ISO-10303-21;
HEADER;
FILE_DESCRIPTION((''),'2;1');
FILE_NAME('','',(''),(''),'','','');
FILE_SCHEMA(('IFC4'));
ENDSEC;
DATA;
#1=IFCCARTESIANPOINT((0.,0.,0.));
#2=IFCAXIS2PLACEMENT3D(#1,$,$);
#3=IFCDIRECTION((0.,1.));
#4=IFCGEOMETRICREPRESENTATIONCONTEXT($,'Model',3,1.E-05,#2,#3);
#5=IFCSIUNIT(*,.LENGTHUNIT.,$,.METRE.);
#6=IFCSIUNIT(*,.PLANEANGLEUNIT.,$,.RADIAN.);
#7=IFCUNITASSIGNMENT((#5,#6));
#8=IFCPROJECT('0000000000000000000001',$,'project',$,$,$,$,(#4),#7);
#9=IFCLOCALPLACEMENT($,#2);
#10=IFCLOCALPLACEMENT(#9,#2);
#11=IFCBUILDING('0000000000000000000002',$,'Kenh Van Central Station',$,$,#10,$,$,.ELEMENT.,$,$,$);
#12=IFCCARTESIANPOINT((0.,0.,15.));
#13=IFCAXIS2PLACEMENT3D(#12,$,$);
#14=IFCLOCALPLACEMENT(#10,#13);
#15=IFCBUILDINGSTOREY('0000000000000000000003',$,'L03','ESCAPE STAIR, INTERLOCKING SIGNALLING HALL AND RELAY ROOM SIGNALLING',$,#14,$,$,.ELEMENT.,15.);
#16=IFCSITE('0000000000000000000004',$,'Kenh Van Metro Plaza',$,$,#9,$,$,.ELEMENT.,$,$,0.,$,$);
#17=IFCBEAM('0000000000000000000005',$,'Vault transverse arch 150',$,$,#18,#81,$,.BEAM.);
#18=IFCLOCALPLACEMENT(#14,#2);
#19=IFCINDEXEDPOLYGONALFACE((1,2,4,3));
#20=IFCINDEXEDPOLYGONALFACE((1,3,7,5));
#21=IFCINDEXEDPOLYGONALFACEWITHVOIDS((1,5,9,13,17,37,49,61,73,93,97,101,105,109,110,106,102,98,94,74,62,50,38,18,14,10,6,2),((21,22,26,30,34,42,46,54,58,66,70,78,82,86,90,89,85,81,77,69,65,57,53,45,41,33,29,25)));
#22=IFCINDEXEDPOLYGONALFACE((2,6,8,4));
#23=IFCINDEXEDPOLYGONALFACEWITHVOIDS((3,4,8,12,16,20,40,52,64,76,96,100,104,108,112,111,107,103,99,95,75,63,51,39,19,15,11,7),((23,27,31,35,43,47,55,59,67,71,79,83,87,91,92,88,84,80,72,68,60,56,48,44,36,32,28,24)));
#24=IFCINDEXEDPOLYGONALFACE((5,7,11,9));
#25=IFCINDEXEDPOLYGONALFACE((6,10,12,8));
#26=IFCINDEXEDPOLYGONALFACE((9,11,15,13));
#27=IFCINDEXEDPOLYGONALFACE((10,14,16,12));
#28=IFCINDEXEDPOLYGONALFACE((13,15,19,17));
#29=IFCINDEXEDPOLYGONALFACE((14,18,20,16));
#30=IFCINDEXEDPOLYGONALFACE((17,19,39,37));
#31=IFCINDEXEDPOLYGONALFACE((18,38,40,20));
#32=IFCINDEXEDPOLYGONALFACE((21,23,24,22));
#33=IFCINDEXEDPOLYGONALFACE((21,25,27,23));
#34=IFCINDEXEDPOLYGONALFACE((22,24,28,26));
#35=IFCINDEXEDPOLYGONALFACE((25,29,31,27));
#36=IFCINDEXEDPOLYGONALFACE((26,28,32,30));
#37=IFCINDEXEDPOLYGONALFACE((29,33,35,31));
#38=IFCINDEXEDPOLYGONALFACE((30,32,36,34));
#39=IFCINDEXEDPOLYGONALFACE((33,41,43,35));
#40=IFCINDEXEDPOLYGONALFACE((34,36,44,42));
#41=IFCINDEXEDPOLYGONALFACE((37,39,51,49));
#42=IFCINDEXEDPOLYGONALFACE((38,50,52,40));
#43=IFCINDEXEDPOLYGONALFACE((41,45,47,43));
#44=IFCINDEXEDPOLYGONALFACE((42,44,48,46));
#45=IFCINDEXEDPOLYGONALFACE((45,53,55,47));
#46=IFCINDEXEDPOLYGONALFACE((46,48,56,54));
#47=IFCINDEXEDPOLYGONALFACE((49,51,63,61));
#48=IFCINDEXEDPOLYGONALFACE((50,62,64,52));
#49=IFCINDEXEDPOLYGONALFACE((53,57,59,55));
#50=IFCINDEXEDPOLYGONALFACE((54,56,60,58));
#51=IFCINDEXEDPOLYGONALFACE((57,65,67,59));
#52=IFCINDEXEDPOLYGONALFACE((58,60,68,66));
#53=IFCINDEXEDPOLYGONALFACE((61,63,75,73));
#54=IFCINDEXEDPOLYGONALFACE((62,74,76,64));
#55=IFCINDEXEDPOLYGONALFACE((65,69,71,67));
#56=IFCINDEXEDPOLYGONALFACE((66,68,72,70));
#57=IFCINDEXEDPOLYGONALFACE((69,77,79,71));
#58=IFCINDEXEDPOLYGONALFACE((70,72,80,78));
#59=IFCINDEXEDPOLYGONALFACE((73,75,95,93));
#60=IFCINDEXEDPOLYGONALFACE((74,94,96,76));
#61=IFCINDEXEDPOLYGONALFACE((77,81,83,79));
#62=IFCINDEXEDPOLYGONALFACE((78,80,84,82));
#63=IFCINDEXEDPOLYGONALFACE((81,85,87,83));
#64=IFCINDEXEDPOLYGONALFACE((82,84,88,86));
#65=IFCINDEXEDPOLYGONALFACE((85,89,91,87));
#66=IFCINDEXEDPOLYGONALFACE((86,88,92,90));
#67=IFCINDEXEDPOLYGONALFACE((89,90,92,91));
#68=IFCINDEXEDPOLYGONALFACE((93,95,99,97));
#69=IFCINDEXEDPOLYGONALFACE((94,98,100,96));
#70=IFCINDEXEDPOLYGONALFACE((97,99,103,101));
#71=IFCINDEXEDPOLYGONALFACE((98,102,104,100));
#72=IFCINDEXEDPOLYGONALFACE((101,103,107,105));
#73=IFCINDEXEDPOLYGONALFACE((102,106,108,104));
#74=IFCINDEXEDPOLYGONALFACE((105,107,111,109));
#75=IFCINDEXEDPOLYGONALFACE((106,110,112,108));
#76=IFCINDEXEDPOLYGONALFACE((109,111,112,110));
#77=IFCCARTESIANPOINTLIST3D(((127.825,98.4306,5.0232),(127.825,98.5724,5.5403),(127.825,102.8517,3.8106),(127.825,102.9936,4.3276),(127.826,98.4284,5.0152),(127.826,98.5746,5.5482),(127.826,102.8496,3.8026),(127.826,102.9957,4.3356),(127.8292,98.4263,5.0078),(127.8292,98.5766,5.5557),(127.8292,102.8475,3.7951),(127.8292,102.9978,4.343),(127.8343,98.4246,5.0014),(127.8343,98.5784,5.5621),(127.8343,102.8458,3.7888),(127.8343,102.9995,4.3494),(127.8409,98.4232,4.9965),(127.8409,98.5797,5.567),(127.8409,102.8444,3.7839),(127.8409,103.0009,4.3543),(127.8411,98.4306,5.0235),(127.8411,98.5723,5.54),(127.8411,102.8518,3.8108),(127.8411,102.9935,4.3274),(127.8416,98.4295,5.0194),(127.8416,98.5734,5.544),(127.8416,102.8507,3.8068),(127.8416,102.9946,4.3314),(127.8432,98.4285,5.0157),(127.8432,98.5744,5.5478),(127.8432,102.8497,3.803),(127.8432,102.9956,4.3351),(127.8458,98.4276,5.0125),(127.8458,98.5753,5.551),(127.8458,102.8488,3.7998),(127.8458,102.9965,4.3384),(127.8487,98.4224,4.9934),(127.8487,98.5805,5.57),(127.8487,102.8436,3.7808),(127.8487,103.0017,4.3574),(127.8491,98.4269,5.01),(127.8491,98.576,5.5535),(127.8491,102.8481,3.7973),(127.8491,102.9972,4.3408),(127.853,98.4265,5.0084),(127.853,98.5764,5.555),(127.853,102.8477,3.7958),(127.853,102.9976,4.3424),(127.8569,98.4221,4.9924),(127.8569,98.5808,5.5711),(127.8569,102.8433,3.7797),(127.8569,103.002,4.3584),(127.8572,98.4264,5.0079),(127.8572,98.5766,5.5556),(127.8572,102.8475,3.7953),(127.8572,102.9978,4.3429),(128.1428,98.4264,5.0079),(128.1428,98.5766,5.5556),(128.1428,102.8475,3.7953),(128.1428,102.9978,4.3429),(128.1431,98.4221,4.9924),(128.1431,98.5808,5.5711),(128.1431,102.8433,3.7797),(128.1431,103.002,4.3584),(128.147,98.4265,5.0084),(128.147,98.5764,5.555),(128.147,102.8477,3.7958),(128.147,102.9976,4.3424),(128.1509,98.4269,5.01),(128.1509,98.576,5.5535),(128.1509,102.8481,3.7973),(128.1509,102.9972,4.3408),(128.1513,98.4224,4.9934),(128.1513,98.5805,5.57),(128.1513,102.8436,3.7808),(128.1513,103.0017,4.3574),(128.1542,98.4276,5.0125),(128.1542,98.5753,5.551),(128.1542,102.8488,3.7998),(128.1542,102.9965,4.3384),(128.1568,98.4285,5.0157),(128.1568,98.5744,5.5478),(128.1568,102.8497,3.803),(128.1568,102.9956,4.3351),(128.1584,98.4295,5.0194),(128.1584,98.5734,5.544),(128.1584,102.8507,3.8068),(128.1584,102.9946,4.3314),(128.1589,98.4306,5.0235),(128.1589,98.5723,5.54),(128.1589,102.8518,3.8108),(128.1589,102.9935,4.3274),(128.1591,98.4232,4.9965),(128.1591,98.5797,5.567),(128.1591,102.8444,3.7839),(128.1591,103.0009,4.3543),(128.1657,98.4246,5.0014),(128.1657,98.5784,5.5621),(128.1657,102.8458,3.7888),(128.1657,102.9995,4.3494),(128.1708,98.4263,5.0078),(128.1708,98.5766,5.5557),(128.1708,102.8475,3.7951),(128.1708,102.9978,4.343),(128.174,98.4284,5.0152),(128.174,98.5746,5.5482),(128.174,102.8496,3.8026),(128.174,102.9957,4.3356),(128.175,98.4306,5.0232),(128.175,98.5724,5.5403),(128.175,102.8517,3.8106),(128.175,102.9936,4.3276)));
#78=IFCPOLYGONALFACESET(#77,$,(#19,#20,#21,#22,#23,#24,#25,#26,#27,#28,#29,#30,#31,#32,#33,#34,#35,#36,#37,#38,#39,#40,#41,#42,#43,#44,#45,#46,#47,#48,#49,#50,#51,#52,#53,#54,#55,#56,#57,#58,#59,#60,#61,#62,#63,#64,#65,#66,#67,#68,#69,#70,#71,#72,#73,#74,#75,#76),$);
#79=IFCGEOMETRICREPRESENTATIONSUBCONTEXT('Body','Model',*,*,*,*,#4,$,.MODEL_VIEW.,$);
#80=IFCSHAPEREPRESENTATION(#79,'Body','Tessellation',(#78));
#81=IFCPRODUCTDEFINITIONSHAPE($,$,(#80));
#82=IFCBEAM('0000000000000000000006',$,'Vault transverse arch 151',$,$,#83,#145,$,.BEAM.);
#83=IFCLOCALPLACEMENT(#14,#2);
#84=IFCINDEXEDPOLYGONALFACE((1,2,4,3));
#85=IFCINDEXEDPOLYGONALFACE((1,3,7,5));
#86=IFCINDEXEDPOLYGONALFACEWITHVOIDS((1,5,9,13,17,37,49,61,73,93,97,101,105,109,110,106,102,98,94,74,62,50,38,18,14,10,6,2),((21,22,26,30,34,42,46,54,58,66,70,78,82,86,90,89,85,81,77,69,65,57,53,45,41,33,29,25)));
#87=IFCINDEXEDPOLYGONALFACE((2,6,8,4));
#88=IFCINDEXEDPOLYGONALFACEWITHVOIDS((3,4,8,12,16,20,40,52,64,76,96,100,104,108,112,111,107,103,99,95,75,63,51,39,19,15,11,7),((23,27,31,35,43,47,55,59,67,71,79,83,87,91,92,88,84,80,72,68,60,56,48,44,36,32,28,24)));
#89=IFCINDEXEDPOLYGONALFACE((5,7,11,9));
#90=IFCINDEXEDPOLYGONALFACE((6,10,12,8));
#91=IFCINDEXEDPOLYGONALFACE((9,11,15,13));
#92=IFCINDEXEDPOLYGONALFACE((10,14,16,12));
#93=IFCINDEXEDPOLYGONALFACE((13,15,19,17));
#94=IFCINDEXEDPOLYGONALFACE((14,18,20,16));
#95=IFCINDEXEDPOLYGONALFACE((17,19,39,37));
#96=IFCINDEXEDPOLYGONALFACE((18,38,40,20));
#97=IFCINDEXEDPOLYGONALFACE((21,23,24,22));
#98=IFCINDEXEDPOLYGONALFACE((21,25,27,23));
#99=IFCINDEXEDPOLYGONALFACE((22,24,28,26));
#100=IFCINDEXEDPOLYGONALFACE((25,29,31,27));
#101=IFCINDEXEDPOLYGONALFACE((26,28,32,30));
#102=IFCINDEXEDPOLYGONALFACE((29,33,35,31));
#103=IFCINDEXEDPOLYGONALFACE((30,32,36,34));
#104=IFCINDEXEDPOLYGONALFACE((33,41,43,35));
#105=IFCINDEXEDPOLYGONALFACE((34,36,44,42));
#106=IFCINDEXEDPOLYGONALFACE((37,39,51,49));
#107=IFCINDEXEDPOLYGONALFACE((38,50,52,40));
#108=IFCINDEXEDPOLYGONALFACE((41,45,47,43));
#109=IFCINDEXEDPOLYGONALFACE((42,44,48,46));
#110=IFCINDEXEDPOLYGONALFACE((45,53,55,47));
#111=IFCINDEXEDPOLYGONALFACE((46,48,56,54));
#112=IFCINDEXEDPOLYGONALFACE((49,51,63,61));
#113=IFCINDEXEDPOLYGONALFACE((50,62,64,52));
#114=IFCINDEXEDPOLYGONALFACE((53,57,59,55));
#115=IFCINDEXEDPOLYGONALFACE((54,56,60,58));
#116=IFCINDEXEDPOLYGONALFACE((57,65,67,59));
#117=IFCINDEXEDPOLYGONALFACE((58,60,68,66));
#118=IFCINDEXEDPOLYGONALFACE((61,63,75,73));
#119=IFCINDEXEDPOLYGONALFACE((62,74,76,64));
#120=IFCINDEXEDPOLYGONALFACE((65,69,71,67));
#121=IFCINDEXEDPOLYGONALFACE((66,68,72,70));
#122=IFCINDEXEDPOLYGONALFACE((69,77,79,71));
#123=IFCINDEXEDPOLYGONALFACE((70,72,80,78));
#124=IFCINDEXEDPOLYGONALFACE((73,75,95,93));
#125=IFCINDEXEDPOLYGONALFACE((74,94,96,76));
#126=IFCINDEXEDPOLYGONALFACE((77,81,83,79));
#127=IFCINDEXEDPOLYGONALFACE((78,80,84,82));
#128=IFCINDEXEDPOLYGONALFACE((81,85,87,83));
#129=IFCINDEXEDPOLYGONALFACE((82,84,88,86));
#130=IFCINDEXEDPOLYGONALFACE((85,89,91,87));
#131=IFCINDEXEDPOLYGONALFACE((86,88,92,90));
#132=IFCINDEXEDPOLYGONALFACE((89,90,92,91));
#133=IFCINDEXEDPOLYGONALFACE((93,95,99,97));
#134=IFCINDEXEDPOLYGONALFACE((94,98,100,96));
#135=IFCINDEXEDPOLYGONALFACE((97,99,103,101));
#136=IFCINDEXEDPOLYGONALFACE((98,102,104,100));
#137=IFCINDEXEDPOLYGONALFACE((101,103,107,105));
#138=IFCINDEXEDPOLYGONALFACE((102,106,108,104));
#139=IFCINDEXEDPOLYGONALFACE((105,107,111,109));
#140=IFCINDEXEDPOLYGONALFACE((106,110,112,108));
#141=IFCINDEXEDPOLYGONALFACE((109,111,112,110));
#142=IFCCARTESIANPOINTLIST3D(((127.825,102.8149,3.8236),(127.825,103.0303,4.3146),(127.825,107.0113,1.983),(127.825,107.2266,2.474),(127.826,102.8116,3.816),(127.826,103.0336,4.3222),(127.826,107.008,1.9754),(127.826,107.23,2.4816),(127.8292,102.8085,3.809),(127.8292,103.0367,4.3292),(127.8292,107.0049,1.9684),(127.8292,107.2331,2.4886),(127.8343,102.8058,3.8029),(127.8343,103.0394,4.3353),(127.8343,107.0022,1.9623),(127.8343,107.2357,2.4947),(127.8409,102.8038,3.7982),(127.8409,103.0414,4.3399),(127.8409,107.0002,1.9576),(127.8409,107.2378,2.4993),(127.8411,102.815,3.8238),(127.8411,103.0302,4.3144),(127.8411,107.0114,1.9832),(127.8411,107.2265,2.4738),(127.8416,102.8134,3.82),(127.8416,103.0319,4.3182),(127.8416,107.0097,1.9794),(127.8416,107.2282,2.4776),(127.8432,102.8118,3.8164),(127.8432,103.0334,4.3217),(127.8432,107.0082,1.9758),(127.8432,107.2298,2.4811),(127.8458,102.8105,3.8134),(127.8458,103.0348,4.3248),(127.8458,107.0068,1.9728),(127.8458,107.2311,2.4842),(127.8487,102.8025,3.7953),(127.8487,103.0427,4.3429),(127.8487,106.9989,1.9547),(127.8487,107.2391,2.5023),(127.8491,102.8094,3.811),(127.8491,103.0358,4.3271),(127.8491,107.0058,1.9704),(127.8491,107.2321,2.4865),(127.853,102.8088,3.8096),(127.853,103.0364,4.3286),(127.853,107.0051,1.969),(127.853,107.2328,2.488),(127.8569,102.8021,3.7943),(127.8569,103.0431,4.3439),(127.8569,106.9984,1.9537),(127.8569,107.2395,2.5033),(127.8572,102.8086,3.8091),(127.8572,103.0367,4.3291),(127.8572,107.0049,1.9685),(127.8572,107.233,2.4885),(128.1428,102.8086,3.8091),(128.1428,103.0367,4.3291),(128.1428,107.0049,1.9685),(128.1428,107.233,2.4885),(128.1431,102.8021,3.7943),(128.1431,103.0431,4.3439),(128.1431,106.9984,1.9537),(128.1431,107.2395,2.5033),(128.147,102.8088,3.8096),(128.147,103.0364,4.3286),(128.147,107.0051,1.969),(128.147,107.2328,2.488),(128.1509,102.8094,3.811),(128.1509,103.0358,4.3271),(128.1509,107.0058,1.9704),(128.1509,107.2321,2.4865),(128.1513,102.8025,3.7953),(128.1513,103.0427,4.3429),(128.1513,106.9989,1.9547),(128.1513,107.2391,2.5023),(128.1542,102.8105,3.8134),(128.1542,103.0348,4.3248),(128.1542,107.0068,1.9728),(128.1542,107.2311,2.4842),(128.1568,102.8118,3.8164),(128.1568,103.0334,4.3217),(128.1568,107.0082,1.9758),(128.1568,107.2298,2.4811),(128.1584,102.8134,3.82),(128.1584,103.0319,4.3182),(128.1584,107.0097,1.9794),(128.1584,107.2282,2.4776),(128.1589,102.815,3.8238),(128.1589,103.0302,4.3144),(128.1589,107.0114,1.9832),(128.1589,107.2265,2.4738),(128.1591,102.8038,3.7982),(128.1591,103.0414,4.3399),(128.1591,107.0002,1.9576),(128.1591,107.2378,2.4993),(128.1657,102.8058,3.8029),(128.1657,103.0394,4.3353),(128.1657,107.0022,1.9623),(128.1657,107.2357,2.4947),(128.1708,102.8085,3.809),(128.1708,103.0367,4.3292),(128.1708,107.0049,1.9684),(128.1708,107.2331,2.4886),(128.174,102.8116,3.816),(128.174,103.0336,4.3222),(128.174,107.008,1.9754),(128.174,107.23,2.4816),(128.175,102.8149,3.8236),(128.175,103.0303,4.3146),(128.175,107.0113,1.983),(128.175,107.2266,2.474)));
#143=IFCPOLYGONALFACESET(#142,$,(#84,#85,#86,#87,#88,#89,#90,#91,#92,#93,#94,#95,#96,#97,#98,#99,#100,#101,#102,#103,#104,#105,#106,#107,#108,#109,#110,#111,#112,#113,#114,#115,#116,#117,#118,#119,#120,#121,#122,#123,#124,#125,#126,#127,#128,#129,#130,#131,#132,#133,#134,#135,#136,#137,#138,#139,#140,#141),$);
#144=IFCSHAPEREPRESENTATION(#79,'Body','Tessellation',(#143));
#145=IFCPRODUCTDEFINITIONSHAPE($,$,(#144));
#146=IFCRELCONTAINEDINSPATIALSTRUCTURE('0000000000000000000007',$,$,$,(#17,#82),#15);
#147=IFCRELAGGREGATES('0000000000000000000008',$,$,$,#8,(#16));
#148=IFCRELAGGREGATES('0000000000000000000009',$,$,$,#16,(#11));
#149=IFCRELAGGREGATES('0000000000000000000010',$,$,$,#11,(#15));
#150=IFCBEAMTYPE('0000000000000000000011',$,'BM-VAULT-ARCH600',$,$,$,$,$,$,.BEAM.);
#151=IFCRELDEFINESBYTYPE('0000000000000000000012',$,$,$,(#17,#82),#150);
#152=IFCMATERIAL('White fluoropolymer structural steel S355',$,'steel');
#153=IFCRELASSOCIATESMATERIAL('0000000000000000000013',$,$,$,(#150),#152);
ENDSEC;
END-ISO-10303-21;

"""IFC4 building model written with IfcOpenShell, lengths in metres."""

from ifc_helpers import new_model, si_unit, direction, frame, origin, origin_2d, place, context, subcontext, project, spatial, hollow_rectangle, extrude, material, material_profile, profile_set, type_object, element, save


model = new_model("IFC4")

# Units and contexts
model_context = context("Model", 3, precision=1e-05, world=origin(), true_north=direction((0.0, 1.0)))
body_context = subcontext(model_context, "Body", "Model", "MODEL_VIEW")
ifc_project = project(units=[si_unit("LENGTHUNIT", "METRE"), si_unit("PLANEANGLEUNIT", "RADIAN")], contexts=[model_context])

# Site, building, storey
site_placement = place(None, origin())
site = spatial("IfcSite", under=ifc_project, at=site_placement, Name="Kenh Van Metro Plaza", CompositionType="ELEMENT", RefElevation=0.0)
building_placement = place(site_placement, origin())
building = spatial("IfcBuilding", under=site, at=building_placement, Name="Kenh Van Central Station", CompositionType="ELEMENT")
storey_placement = place(building_placement, frame((0.0, 0.0, 15.0)))
storey = spatial("IfcBuildingStorey", under=building, at=storey_placement, Name="L03", Description="ESCAPE STAIR, INTERLOCKING SIGNALLING HALL AND RELAY ROOM SIGNALLING", CompositionType="ELEMENT", Elevation=15.0)

# Beams
ifc_material_1 = material(Name="White fluoropolymer structural steel S355", Category="steel")
ifc_material_profile_1 = material_profile(ifc_material_1, hollow_rectangle(XDim=0.3501, YDim=0.6001, WallThickness=0.0161, InnerFilletRadius=0.0161, OuterFilletRadius=0.032, at=origin_2d()), Name="RHS 600x350x16")
ifc_profile_set_1 = profile_set([ifc_material_profile_1], Name="White fluoropolymer structural steel S355")
beam_type_1 = type_object("IfcBeamType", Name="BM-VAULT-ARCH600", PredefinedType="BEAM", material=ifc_profile_set_1)
beam_1_placement = place(storey_placement, frame((128.0, 98.5015, 5.2817), z_axis=(0.0, 0.964382, -0.264514), x_axis=(-1.0, 0.0, 0.0)))
element("IfcBeam", 1, at=beam_1_placement, inside=storey, type_object=beam_type_1, Name="Vault transverse arch 150", PredefinedType="BEAM", context=body_context, shape_type="SweptSolid", body=[
    extrude(hollow_rectangle(XDim=0.3501, YDim=0.6001, WallThickness=0.0161, InnerFilletRadius=0.0161, OuterFilletRadius=0.032, at=origin_2d()), origin(), (0.0, 0.0, 1.0), 4.5845),
])
beam_2_placement = place(storey_placement, frame((128.0, 102.9226, 4.0691), z_axis=(0.0, 0.91578, -0.40168), x_axis=(-1.0, 0.0, 0.0)))
element("IfcBeam", 2, at=beam_2_placement, inside=storey, type_object=beam_type_1, Name="Vault transverse arch 151", PredefinedType="BEAM", context=body_context, shape_type="SweptSolid", body=[
    extrude(hollow_rectangle(XDim=0.3501, YDim=0.6001, WallThickness=0.0161, InnerFilletRadius=0.0161, OuterFilletRadius=0.032, at=origin_2d()), origin(), (0.0, 0.0, 1.0), 4.5823),
])

save(model, "model.ifc")
